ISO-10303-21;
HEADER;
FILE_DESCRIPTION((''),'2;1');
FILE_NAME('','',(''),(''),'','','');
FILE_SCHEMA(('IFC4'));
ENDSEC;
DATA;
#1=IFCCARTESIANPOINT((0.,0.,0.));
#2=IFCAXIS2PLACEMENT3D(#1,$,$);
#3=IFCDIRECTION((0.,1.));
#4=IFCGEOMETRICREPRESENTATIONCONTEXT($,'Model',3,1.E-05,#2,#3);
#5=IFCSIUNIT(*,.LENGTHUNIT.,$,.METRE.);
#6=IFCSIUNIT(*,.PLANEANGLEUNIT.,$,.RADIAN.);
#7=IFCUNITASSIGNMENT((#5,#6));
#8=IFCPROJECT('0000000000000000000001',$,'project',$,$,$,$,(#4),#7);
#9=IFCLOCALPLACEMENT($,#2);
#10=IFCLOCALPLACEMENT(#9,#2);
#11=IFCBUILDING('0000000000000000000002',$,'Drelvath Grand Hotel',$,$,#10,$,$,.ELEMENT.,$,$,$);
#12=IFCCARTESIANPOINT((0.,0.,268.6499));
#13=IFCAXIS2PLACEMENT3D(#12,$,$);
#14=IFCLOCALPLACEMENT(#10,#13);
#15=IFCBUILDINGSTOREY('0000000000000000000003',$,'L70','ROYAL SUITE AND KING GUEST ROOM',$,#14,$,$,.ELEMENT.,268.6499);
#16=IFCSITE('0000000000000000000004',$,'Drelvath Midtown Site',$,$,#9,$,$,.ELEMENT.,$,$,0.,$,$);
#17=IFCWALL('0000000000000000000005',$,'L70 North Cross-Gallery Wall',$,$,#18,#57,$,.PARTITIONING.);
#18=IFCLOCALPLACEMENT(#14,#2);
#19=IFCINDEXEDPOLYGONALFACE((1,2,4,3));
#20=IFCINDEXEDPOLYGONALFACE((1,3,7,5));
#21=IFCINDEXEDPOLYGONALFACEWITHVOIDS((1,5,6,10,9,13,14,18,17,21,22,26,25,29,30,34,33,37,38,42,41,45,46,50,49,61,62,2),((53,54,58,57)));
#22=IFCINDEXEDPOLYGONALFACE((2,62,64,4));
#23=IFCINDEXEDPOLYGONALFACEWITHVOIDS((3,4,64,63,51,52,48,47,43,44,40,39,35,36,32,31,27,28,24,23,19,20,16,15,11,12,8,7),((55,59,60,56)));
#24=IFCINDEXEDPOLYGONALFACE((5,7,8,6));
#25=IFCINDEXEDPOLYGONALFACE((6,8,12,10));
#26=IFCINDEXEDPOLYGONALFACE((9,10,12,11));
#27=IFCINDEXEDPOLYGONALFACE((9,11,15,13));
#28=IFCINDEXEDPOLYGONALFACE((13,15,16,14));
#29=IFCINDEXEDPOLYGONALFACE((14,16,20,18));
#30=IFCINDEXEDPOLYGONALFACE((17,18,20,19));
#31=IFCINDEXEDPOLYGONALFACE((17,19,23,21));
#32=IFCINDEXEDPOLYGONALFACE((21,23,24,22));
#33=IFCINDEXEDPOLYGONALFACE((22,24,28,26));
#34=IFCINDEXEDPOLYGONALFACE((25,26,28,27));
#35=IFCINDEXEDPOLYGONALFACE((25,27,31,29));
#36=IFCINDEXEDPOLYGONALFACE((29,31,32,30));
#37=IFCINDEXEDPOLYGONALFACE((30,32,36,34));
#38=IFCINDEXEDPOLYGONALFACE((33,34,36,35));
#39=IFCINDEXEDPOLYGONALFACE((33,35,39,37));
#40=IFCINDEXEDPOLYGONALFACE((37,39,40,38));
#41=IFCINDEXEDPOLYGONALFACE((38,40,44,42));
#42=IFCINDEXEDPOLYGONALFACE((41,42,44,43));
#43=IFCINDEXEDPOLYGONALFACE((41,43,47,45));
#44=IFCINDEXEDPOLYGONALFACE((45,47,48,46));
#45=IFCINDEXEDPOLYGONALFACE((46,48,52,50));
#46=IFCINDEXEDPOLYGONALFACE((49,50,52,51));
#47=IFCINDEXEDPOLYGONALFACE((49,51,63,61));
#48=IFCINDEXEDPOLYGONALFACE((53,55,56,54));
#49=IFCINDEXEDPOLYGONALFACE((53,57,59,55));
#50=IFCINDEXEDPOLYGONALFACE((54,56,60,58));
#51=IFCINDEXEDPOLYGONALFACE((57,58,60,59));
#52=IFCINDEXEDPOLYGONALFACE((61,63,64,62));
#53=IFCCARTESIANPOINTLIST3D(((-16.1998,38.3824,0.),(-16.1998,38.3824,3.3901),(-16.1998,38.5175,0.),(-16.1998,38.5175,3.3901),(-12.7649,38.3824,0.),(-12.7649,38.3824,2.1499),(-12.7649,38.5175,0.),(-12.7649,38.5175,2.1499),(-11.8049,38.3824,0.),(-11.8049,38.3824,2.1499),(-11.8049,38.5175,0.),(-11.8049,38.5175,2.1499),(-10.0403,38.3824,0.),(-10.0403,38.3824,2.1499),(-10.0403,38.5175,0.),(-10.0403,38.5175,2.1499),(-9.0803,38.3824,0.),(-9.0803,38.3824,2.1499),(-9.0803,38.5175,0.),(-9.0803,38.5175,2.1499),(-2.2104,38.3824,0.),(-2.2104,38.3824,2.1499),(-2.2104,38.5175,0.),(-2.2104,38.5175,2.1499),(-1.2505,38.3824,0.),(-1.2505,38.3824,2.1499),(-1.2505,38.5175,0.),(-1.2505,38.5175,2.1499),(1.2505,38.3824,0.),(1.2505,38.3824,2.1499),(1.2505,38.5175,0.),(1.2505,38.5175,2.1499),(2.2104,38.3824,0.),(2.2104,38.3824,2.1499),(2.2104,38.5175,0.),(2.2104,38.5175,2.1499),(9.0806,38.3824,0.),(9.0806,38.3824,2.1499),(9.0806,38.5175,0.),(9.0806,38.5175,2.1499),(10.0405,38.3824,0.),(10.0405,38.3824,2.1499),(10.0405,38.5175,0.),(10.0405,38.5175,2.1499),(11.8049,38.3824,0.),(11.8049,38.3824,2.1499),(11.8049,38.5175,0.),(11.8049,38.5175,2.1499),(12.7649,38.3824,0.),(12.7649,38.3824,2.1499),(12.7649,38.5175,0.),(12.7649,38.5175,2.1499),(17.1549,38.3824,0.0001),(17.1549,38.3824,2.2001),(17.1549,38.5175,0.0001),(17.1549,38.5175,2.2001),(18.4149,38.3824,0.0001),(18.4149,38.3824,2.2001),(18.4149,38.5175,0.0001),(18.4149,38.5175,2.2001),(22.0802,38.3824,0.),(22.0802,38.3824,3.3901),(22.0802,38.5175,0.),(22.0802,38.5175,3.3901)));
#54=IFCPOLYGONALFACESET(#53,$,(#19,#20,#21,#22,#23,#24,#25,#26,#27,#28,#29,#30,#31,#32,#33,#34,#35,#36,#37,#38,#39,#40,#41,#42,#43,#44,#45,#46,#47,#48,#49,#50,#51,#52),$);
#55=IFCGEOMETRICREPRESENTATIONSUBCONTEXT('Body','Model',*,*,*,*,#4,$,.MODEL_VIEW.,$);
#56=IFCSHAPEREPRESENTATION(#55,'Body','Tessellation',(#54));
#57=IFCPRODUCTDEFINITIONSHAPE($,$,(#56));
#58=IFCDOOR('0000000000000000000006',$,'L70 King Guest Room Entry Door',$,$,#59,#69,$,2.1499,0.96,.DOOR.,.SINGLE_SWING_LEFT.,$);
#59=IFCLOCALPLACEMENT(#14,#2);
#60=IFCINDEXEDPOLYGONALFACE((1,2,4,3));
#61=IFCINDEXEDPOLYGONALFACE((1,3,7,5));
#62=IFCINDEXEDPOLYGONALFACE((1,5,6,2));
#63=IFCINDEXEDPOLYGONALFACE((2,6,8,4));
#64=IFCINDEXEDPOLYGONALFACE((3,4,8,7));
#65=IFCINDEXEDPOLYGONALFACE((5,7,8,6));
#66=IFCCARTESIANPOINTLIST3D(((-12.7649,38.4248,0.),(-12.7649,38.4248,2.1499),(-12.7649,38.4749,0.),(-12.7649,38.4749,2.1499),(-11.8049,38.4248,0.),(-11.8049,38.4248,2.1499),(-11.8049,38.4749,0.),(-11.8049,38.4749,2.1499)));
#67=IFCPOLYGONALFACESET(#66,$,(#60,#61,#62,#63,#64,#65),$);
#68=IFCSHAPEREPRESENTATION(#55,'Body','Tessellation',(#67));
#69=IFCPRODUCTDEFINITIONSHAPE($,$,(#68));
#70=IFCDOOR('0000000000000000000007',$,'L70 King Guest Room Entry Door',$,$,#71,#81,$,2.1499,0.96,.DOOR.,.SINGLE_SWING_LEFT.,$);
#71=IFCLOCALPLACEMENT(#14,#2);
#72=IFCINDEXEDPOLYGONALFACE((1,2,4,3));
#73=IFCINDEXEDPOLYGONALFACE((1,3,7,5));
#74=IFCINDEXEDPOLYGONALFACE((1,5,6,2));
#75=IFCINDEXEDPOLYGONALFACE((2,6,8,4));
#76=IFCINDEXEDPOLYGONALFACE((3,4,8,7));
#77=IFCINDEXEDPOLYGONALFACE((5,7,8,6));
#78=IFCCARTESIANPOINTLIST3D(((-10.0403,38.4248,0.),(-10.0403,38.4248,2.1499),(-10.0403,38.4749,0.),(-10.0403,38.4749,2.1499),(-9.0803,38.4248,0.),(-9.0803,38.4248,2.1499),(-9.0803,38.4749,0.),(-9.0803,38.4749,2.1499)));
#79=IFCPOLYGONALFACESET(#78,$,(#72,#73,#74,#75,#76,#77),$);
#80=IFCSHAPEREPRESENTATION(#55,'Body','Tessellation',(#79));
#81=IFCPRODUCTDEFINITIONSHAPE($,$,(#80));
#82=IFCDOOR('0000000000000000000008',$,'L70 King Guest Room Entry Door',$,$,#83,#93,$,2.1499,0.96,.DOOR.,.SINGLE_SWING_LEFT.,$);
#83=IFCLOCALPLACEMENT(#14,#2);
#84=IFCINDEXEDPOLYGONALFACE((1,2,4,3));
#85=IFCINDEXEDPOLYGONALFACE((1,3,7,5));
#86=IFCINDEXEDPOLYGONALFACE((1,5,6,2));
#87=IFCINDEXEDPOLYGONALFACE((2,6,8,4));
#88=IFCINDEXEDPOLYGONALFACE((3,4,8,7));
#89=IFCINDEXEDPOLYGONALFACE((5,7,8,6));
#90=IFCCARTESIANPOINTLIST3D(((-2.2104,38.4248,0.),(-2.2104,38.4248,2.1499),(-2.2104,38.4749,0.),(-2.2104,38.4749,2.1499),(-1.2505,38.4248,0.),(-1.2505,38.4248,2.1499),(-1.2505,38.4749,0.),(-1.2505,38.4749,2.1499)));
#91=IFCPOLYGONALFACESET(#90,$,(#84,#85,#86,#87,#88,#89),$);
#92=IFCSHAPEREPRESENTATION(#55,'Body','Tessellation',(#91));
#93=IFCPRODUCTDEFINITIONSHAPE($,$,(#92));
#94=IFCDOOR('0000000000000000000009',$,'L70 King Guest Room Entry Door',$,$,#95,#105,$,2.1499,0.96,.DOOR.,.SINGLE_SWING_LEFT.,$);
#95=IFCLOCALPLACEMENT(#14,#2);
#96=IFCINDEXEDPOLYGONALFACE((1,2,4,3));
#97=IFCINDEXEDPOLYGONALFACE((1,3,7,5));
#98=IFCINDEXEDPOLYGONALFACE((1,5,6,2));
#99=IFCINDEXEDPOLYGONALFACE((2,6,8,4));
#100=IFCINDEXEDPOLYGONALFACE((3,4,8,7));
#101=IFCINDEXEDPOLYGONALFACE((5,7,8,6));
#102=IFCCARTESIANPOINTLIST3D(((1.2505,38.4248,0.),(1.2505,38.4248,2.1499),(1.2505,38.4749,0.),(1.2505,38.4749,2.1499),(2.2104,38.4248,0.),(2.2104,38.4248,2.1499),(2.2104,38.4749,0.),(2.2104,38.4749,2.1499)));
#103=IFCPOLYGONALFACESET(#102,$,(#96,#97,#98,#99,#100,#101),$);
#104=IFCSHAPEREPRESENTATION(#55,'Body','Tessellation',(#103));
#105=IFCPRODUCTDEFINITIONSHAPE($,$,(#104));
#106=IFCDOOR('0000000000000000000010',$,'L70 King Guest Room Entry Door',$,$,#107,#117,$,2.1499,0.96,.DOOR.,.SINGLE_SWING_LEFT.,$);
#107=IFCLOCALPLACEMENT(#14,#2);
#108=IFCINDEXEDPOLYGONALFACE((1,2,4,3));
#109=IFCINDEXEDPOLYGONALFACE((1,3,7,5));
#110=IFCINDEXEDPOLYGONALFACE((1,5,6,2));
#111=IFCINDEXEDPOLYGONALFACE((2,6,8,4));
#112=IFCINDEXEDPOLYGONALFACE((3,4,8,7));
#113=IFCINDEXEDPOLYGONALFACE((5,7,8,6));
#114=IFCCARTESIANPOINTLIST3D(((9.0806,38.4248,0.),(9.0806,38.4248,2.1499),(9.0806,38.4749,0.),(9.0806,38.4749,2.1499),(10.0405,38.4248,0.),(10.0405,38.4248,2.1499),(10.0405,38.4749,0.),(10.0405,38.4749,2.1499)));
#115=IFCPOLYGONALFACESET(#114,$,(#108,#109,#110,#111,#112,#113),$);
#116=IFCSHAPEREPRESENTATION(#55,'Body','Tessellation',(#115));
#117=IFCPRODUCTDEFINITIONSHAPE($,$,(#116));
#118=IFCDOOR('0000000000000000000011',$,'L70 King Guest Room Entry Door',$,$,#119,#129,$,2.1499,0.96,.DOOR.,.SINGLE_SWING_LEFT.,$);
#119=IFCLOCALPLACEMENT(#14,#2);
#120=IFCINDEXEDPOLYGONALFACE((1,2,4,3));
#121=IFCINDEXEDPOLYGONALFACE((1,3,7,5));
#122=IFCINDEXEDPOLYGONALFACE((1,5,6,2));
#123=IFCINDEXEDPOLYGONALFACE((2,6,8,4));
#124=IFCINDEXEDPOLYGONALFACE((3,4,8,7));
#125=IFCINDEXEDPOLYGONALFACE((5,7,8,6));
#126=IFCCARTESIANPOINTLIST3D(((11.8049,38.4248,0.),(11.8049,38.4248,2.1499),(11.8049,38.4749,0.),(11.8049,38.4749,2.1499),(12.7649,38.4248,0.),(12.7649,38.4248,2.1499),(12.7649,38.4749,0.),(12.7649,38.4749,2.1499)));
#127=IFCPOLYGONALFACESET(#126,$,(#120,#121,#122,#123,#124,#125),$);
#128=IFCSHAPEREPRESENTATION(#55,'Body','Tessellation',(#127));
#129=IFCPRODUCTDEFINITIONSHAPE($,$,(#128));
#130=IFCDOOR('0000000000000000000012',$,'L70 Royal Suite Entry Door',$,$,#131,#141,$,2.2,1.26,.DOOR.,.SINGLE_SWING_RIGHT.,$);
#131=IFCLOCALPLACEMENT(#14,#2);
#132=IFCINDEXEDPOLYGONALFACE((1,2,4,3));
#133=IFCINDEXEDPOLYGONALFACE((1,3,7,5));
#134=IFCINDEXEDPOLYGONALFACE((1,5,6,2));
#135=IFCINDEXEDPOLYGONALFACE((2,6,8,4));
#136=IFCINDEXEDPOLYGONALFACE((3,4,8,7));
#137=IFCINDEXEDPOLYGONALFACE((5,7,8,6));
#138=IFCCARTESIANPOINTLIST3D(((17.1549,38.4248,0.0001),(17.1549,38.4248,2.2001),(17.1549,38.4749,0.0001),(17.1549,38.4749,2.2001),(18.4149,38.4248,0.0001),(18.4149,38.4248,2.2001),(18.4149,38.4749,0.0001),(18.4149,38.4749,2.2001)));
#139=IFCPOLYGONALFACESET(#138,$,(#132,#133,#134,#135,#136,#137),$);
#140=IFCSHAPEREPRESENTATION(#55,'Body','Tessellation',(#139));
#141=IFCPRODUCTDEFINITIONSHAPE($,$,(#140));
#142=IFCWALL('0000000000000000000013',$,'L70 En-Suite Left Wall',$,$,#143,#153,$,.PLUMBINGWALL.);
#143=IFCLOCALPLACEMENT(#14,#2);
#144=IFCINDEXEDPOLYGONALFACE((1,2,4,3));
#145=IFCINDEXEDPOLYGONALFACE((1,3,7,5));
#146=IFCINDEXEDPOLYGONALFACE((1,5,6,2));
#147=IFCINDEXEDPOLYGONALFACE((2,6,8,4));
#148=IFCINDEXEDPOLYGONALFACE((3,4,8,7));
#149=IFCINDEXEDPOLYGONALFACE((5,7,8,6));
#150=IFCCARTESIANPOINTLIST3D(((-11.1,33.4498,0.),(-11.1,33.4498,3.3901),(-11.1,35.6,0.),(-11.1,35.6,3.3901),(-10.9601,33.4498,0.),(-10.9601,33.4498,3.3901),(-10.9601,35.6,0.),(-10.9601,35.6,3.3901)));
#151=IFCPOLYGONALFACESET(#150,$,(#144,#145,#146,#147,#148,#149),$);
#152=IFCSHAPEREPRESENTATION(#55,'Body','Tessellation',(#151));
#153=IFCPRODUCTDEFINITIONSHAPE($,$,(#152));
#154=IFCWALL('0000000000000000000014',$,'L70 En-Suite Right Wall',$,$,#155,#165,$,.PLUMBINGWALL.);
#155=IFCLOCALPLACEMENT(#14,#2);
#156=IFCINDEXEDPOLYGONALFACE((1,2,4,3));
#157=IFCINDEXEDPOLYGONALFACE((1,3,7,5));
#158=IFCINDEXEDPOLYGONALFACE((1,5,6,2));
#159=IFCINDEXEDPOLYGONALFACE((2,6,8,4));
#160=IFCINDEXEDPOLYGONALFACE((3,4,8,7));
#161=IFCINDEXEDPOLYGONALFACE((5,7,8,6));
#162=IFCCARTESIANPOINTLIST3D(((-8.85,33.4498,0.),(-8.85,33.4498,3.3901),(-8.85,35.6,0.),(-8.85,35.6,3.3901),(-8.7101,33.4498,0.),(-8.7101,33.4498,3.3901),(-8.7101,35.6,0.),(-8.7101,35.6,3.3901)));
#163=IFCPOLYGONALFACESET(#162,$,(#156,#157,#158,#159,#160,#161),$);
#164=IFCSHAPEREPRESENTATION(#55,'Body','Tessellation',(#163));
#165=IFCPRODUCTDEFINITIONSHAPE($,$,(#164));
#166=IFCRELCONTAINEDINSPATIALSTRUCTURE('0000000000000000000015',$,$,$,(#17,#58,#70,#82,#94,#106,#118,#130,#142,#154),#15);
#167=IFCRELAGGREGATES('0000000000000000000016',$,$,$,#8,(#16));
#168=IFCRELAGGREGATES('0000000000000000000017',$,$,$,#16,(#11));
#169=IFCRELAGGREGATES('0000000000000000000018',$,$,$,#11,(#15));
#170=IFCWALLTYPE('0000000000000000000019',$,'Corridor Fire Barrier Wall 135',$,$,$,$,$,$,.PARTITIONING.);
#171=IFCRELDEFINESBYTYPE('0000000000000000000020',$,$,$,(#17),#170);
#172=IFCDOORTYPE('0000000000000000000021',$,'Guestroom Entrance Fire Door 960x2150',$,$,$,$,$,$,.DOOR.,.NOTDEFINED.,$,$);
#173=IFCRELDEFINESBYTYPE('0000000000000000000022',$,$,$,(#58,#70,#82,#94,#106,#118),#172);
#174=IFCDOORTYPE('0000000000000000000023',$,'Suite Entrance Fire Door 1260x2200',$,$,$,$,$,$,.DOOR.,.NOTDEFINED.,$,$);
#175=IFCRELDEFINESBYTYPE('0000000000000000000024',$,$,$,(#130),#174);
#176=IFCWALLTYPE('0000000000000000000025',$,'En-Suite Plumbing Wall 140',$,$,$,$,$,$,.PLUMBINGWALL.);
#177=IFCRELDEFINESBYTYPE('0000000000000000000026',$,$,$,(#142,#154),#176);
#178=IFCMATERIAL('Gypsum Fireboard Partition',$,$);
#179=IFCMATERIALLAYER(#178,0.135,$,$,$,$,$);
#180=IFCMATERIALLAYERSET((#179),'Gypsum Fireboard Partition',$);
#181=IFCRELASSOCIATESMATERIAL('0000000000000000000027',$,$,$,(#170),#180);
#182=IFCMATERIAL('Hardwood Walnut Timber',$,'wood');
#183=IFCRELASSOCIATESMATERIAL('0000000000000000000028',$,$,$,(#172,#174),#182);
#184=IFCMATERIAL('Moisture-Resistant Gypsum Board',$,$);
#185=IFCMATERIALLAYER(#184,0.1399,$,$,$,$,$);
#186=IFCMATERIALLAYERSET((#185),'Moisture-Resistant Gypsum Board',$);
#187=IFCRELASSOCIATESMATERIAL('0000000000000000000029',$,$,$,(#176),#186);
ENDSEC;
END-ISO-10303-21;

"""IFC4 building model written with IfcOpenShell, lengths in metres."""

from ifc_helpers import new_model, si_unit, direction, frame, frame_2d, origin, place, context, subcontext, project, spatial, rectangle, extrude, material, layer, layer_set, type_object, element, fill, save


model = new_model("IFC4")

# Units and contexts
model_context = context("Model", 3, precision=1e-05, world=origin(), true_north=direction((0.0, 1.0)))
body_context = subcontext(model_context, "Body", "Model", "MODEL_VIEW")
ifc_project = project(units=[si_unit("LENGTHUNIT", "METRE"), si_unit("PLANEANGLEUNIT", "RADIAN")], contexts=[model_context])

# Site, building, storey
site_placement = place(None, origin())
site = spatial("IfcSite", under=ifc_project, at=site_placement, Name="Drelvath Midtown Site", CompositionType="ELEMENT", RefElevation=0.0)
building_placement = place(site_placement, origin())
building = spatial("IfcBuilding", under=site, at=building_placement, Name="Drelvath Grand Hotel", CompositionType="ELEMENT")
storey_placement = place(building_placement, frame((0.0, 0.0, 268.6499)))
storey = spatial("IfcBuildingStorey", under=building, at=storey_placement, Name="L70", Description="ROYAL SUITE AND KING GUEST ROOM", CompositionType="ELEMENT", Elevation=268.6499)

# Wall, openings, doors
ifc_material_1 = material(Name="Gypsum Fireboard Partition")
ifc_layer_1 = layer(ifc_material_1, 0.135)
ifc_layer_set_1 = layer_set([ifc_layer_1], Name="Gypsum Fireboard Partition")
wall_type_1 = type_object("IfcWallType", Name="Corridor Fire Barrier Wall 135", PredefinedType="PARTITIONING", material=ifc_layer_set_1)
wall_1_placement = place(storey_placement, frame((-16.2, 38.45, 0.0), z_axis=(0.0, 0.0, 1.0), x_axis=(1.0, 0.0, 0.0)))
wall_1 = element("IfcWall", 1, at=wall_1_placement, inside=storey, type_object=wall_type_1, Name="L70 North Cross-Gallery Wall", PredefinedType="PARTITIONING", context=body_context, shape_type="SweptSolid", body=[
    extrude(rectangle(XDim=38.28, YDim=0.135, at=frame_2d((19.1401, 0.0))), origin(), (0.0, 0.0, 1.0), 3.3901),
])
opening_1_placement = place(wall_1_placement, frame((33.355, 0.0, 0.0)))
opening_1 = element("IfcOpeningElement", 2, at=opening_1_placement, cuts=wall_1, PredefinedType="OPENING", context=body_context, shape_type="SweptSolid", body=[
    extrude(rectangle(XDim=1.26, YDim=2.2, at=frame_2d((0.6299, 1.1001))), frame((0.0, 0.0774, 0.0), z_axis=(0.0, -1.0, 0.0), x_axis=(1.0, 0.0, 0.0)), (0.0, 0.0, 1.0), 0.155),
])
opening_2_placement = place(wall_1_placement, frame((3.4351, 0.0, 0.0)))
opening_2 = element("IfcOpeningElement", 3, at=opening_2_placement, cuts=wall_1, PredefinedType="OPENING", context=body_context, shape_type="SweptSolid", body=[
    extrude(rectangle(XDim=0.96, YDim=2.1499, at=frame_2d((0.48, 1.075))), frame((0.0, 0.0774, 0.0), z_axis=(0.0, -1.0, 0.0), x_axis=(1.0, 0.0, 0.0)), (0.0, 0.0, 1.0), 0.155),
])
opening_3_placement = place(wall_1_placement, frame((6.1597, 0.0, 0.0)))
opening_3 = element("IfcOpeningElement", 4, at=opening_3_placement, cuts=wall_1, PredefinedType="OPENING", context=body_context, shape_type="SweptSolid", body=[
    extrude(rectangle(XDim=0.96, YDim=2.1499, at=frame_2d((0.48, 1.075))), frame((0.0, 0.0774, 0.0), z_axis=(0.0, -1.0, 0.0), x_axis=(1.0, 0.0, 0.0)), (0.0, 0.0, 1.0), 0.155),
])
opening_4_placement = place(wall_1_placement, frame((13.9895, 0.0, 0.0)))
opening_4 = element("IfcOpeningElement", 5, at=opening_4_placement, cuts=wall_1, PredefinedType="OPENING", context=body_context, shape_type="SweptSolid", body=[
    extrude(rectangle(XDim=0.96, YDim=2.1499, at=frame_2d((0.48, 1.075))), frame((0.0, 0.0774, 0.0), z_axis=(0.0, -1.0, 0.0), x_axis=(1.0, 0.0, 0.0)), (0.0, 0.0, 1.0), 0.155),
])
opening_5_placement = place(wall_1_placement, frame((17.4504, 0.0, 0.0)))
opening_5 = element("IfcOpeningElement", 6, at=opening_5_placement, cuts=wall_1, PredefinedType="OPENING", context=body_context, shape_type="SweptSolid", body=[
    extrude(rectangle(XDim=0.96, YDim=2.1499, at=frame_2d((0.48, 1.075))), frame((0.0, 0.0774, 0.0), z_axis=(0.0, -1.0, 0.0), x_axis=(1.0, 0.0, 0.0)), (0.0, 0.0, 1.0), 0.155),
])
opening_6_placement = place(wall_1_placement, frame((25.2805, 0.0, 0.0)))
opening_6 = element("IfcOpeningElement", 7, at=opening_6_placement, cuts=wall_1, PredefinedType="OPENING", context=body_context, shape_type="SweptSolid", body=[
    extrude(rectangle(XDim=0.96, YDim=2.1499, at=frame_2d((0.48, 1.075))), frame((0.0, 0.0774, 0.0), z_axis=(0.0, -1.0, 0.0), x_axis=(1.0, 0.0, 0.0)), (0.0, 0.0, 1.0), 0.155),
])
opening_7_placement = place(wall_1_placement, frame((28.0049, 0.0, 0.0)))
opening_7 = element("IfcOpeningElement", 8, at=opening_7_placement, cuts=wall_1, PredefinedType="OPENING", context=body_context, shape_type="SweptSolid", body=[
    extrude(rectangle(XDim=0.96, YDim=2.1499, at=frame_2d((0.48, 1.075))), frame((0.0, 0.0774, 0.0), z_axis=(0.0, -1.0, 0.0), x_axis=(1.0, 0.0, 0.0)), (0.0, 0.0, 1.0), 0.155),
])
ifc_material_2 = material(Name="Hardwood Walnut Timber", Category="wood")
door_type_1 = type_object("IfcDoorType", Name="Guestroom Entrance Fire Door 960x2150", OperationType="NOTDEFINED", PredefinedType="DOOR", material=ifc_material_2)
door_1_placement = place(opening_2_placement, origin())
door_1 = element("IfcDoor", 9, at=door_1_placement, inside=storey, type_object=door_type_1, Name="L70 King Guest Room Entry Door", OperationType="SINGLE_SWING_LEFT", OverallHeight=2.1499, OverallWidth=0.96, PredefinedType="DOOR", context=body_context, shape_type="SweptSolid", body=[
    extrude(rectangle(XDim=0.96, YDim=2.1499, at=frame_2d((0.48, 1.075))), frame((0.0, 0.0249, 0.0), z_axis=(0.0, -1.0, 0.0), x_axis=(1.0, 0.0, 0.0)), (0.0, 0.0, 1.0), 0.05),
])
fill(opening_2, door_1)
door_2_placement = place(opening_3_placement, origin())
door_2 = element("IfcDoor", 10, at=door_2_placement, inside=storey, type_object=door_type_1, Name="L70 King Guest Room Entry Door", OperationType="SINGLE_SWING_LEFT", OverallHeight=2.1499, OverallWidth=0.96, PredefinedType="DOOR", context=body_context, shape_type="SweptSolid", body=[
    extrude(rectangle(XDim=0.96, YDim=2.1499, at=frame_2d((0.48, 1.075))), frame((0.0, 0.0249, 0.0), z_axis=(0.0, -1.0, 0.0), x_axis=(1.0, 0.0, 0.0)), (0.0, 0.0, 1.0), 0.05),
])
fill(opening_3, door_2)
door_3_placement = place(opening_4_placement, origin())
door_3 = element("IfcDoor", 11, at=door_3_placement, inside=storey, type_object=door_type_1, Name="L70 King Guest Room Entry Door", OperationType="SINGLE_SWING_LEFT", OverallHeight=2.1499, OverallWidth=0.96, PredefinedType="DOOR", context=body_context, shape_type="SweptSolid", body=[
    extrude(rectangle(XDim=0.96, YDim=2.1499, at=frame_2d((0.48, 1.075))), frame((0.0, 0.0249, 0.0), z_axis=(0.0, -1.0, 0.0), x_axis=(1.0, 0.0, 0.0)), (0.0, 0.0, 1.0), 0.05),
])
fill(opening_4, door_3)
door_4_placement = place(opening_5_placement, origin())
door_4 = element("IfcDoor", 12, at=door_4_placement, inside=storey, type_object=door_type_1, Name="L70 King Guest Room Entry Door", OperationType="SINGLE_SWING_LEFT", OverallHeight=2.1499, OverallWidth=0.96, PredefinedType="DOOR", context=body_context, shape_type="SweptSolid", body=[
    extrude(rectangle(XDim=0.96, YDim=2.1499, at=frame_2d((0.48, 1.075))), frame((0.0, 0.0249, 0.0), z_axis=(0.0, -1.0, 0.0), x_axis=(1.0, 0.0, 0.0)), (0.0, 0.0, 1.0), 0.05),
])
fill(opening_5, door_4)
door_5_placement = place(opening_6_placement, origin())
door_5 = element("IfcDoor", 13, at=door_5_placement, inside=storey, type_object=door_type_1, Name="L70 King Guest Room Entry Door", OperationType="SINGLE_SWING_LEFT", OverallHeight=2.1499, OverallWidth=0.96, PredefinedType="DOOR", context=body_context, shape_type="SweptSolid", body=[
    extrude(rectangle(XDim=0.96, YDim=2.1499, at=frame_2d((0.48, 1.075))), frame((0.0, 0.0249, 0.0), z_axis=(0.0, -1.0, 0.0), x_axis=(1.0, 0.0, 0.0)), (0.0, 0.0, 1.0), 0.05),
])
fill(opening_6, door_5)
door_6_placement = place(opening_7_placement, origin())
door_6 = element("IfcDoor", 14, at=door_6_placement, inside=storey, type_object=door_type_1, Name="L70 King Guest Room Entry Door", OperationType="SINGLE_SWING_LEFT", OverallHeight=2.1499, OverallWidth=0.96, PredefinedType="DOOR", context=body_context, shape_type="SweptSolid", body=[
    extrude(rectangle(XDim=0.96, YDim=2.1499, at=frame_2d((0.48, 1.075))), frame((0.0, 0.0249, 0.0), z_axis=(0.0, -1.0, 0.0), x_axis=(1.0, 0.0, 0.0)), (0.0, 0.0, 1.0), 0.05),
])
fill(opening_7, door_6)
door_type_2 = type_object("IfcDoorType", Name="Suite Entrance Fire Door 1260x2200", OperationType="NOTDEFINED", PredefinedType="DOOR", material=ifc_material_2)
door_7_placement = place(opening_1_placement, origin())
door_7 = element("IfcDoor", 15, at=door_7_placement, inside=storey, type_object=door_type_2, Name="L70 Royal Suite Entry Door", OperationType="SINGLE_SWING_RIGHT", OverallHeight=2.2, OverallWidth=1.26, PredefinedType="DOOR", context=body_context, shape_type="SweptSolid", body=[
    extrude(rectangle(XDim=1.26, YDim=2.2, at=frame_2d((0.6299, 1.1001))), frame((0.0, 0.0249, 0.0), z_axis=(0.0, -1.0, 0.0), x_axis=(1.0, 0.0, 0.0)), (0.0, 0.0, 1.0), 0.05),
])
fill(opening_1, door_7)

# Walls
ifc_material_3 = material(Name="Moisture-Resistant Gypsum Board")
ifc_layer_2 = layer(ifc_material_3, 0.1399)
ifc_layer_set_2 = layer_set([ifc_layer_2], Name="Moisture-Resistant Gypsum Board")
wall_type_2 = type_object("IfcWallType", Name="En-Suite Plumbing Wall 140", PredefinedType="PLUMBINGWALL", material=ifc_layer_set_2)
for number, where, z_axis, x_axis, name in (
    (16, (-11.03, 35.6001, 0.0), (0.0, 0.0, 1.0), (0.0, -1.0, 0.0), "L70 En-Suite Left Wall"),
    (17, (-8.78, 35.6001, 0.0), (0.0, 0.0, 1.0), (0.0, -1.0, 0.0), "L70 En-Suite Right Wall"),
):
    element("IfcWall", number, at=place(storey_placement, frame(where, z_axis=z_axis, x_axis=x_axis)), inside=storey, type_object=wall_type_2, Name=name, PredefinedType="PLUMBINGWALL", context=body_context, shape_type="SweptSolid", body=[
        extrude(rectangle(XDim=2.1501, YDim=0.1399, at=frame_2d((1.0752, 0.0))), origin(), (0.0, 0.0, 1.0), 3.3901),
    ])

save(model, "model.ifc")
